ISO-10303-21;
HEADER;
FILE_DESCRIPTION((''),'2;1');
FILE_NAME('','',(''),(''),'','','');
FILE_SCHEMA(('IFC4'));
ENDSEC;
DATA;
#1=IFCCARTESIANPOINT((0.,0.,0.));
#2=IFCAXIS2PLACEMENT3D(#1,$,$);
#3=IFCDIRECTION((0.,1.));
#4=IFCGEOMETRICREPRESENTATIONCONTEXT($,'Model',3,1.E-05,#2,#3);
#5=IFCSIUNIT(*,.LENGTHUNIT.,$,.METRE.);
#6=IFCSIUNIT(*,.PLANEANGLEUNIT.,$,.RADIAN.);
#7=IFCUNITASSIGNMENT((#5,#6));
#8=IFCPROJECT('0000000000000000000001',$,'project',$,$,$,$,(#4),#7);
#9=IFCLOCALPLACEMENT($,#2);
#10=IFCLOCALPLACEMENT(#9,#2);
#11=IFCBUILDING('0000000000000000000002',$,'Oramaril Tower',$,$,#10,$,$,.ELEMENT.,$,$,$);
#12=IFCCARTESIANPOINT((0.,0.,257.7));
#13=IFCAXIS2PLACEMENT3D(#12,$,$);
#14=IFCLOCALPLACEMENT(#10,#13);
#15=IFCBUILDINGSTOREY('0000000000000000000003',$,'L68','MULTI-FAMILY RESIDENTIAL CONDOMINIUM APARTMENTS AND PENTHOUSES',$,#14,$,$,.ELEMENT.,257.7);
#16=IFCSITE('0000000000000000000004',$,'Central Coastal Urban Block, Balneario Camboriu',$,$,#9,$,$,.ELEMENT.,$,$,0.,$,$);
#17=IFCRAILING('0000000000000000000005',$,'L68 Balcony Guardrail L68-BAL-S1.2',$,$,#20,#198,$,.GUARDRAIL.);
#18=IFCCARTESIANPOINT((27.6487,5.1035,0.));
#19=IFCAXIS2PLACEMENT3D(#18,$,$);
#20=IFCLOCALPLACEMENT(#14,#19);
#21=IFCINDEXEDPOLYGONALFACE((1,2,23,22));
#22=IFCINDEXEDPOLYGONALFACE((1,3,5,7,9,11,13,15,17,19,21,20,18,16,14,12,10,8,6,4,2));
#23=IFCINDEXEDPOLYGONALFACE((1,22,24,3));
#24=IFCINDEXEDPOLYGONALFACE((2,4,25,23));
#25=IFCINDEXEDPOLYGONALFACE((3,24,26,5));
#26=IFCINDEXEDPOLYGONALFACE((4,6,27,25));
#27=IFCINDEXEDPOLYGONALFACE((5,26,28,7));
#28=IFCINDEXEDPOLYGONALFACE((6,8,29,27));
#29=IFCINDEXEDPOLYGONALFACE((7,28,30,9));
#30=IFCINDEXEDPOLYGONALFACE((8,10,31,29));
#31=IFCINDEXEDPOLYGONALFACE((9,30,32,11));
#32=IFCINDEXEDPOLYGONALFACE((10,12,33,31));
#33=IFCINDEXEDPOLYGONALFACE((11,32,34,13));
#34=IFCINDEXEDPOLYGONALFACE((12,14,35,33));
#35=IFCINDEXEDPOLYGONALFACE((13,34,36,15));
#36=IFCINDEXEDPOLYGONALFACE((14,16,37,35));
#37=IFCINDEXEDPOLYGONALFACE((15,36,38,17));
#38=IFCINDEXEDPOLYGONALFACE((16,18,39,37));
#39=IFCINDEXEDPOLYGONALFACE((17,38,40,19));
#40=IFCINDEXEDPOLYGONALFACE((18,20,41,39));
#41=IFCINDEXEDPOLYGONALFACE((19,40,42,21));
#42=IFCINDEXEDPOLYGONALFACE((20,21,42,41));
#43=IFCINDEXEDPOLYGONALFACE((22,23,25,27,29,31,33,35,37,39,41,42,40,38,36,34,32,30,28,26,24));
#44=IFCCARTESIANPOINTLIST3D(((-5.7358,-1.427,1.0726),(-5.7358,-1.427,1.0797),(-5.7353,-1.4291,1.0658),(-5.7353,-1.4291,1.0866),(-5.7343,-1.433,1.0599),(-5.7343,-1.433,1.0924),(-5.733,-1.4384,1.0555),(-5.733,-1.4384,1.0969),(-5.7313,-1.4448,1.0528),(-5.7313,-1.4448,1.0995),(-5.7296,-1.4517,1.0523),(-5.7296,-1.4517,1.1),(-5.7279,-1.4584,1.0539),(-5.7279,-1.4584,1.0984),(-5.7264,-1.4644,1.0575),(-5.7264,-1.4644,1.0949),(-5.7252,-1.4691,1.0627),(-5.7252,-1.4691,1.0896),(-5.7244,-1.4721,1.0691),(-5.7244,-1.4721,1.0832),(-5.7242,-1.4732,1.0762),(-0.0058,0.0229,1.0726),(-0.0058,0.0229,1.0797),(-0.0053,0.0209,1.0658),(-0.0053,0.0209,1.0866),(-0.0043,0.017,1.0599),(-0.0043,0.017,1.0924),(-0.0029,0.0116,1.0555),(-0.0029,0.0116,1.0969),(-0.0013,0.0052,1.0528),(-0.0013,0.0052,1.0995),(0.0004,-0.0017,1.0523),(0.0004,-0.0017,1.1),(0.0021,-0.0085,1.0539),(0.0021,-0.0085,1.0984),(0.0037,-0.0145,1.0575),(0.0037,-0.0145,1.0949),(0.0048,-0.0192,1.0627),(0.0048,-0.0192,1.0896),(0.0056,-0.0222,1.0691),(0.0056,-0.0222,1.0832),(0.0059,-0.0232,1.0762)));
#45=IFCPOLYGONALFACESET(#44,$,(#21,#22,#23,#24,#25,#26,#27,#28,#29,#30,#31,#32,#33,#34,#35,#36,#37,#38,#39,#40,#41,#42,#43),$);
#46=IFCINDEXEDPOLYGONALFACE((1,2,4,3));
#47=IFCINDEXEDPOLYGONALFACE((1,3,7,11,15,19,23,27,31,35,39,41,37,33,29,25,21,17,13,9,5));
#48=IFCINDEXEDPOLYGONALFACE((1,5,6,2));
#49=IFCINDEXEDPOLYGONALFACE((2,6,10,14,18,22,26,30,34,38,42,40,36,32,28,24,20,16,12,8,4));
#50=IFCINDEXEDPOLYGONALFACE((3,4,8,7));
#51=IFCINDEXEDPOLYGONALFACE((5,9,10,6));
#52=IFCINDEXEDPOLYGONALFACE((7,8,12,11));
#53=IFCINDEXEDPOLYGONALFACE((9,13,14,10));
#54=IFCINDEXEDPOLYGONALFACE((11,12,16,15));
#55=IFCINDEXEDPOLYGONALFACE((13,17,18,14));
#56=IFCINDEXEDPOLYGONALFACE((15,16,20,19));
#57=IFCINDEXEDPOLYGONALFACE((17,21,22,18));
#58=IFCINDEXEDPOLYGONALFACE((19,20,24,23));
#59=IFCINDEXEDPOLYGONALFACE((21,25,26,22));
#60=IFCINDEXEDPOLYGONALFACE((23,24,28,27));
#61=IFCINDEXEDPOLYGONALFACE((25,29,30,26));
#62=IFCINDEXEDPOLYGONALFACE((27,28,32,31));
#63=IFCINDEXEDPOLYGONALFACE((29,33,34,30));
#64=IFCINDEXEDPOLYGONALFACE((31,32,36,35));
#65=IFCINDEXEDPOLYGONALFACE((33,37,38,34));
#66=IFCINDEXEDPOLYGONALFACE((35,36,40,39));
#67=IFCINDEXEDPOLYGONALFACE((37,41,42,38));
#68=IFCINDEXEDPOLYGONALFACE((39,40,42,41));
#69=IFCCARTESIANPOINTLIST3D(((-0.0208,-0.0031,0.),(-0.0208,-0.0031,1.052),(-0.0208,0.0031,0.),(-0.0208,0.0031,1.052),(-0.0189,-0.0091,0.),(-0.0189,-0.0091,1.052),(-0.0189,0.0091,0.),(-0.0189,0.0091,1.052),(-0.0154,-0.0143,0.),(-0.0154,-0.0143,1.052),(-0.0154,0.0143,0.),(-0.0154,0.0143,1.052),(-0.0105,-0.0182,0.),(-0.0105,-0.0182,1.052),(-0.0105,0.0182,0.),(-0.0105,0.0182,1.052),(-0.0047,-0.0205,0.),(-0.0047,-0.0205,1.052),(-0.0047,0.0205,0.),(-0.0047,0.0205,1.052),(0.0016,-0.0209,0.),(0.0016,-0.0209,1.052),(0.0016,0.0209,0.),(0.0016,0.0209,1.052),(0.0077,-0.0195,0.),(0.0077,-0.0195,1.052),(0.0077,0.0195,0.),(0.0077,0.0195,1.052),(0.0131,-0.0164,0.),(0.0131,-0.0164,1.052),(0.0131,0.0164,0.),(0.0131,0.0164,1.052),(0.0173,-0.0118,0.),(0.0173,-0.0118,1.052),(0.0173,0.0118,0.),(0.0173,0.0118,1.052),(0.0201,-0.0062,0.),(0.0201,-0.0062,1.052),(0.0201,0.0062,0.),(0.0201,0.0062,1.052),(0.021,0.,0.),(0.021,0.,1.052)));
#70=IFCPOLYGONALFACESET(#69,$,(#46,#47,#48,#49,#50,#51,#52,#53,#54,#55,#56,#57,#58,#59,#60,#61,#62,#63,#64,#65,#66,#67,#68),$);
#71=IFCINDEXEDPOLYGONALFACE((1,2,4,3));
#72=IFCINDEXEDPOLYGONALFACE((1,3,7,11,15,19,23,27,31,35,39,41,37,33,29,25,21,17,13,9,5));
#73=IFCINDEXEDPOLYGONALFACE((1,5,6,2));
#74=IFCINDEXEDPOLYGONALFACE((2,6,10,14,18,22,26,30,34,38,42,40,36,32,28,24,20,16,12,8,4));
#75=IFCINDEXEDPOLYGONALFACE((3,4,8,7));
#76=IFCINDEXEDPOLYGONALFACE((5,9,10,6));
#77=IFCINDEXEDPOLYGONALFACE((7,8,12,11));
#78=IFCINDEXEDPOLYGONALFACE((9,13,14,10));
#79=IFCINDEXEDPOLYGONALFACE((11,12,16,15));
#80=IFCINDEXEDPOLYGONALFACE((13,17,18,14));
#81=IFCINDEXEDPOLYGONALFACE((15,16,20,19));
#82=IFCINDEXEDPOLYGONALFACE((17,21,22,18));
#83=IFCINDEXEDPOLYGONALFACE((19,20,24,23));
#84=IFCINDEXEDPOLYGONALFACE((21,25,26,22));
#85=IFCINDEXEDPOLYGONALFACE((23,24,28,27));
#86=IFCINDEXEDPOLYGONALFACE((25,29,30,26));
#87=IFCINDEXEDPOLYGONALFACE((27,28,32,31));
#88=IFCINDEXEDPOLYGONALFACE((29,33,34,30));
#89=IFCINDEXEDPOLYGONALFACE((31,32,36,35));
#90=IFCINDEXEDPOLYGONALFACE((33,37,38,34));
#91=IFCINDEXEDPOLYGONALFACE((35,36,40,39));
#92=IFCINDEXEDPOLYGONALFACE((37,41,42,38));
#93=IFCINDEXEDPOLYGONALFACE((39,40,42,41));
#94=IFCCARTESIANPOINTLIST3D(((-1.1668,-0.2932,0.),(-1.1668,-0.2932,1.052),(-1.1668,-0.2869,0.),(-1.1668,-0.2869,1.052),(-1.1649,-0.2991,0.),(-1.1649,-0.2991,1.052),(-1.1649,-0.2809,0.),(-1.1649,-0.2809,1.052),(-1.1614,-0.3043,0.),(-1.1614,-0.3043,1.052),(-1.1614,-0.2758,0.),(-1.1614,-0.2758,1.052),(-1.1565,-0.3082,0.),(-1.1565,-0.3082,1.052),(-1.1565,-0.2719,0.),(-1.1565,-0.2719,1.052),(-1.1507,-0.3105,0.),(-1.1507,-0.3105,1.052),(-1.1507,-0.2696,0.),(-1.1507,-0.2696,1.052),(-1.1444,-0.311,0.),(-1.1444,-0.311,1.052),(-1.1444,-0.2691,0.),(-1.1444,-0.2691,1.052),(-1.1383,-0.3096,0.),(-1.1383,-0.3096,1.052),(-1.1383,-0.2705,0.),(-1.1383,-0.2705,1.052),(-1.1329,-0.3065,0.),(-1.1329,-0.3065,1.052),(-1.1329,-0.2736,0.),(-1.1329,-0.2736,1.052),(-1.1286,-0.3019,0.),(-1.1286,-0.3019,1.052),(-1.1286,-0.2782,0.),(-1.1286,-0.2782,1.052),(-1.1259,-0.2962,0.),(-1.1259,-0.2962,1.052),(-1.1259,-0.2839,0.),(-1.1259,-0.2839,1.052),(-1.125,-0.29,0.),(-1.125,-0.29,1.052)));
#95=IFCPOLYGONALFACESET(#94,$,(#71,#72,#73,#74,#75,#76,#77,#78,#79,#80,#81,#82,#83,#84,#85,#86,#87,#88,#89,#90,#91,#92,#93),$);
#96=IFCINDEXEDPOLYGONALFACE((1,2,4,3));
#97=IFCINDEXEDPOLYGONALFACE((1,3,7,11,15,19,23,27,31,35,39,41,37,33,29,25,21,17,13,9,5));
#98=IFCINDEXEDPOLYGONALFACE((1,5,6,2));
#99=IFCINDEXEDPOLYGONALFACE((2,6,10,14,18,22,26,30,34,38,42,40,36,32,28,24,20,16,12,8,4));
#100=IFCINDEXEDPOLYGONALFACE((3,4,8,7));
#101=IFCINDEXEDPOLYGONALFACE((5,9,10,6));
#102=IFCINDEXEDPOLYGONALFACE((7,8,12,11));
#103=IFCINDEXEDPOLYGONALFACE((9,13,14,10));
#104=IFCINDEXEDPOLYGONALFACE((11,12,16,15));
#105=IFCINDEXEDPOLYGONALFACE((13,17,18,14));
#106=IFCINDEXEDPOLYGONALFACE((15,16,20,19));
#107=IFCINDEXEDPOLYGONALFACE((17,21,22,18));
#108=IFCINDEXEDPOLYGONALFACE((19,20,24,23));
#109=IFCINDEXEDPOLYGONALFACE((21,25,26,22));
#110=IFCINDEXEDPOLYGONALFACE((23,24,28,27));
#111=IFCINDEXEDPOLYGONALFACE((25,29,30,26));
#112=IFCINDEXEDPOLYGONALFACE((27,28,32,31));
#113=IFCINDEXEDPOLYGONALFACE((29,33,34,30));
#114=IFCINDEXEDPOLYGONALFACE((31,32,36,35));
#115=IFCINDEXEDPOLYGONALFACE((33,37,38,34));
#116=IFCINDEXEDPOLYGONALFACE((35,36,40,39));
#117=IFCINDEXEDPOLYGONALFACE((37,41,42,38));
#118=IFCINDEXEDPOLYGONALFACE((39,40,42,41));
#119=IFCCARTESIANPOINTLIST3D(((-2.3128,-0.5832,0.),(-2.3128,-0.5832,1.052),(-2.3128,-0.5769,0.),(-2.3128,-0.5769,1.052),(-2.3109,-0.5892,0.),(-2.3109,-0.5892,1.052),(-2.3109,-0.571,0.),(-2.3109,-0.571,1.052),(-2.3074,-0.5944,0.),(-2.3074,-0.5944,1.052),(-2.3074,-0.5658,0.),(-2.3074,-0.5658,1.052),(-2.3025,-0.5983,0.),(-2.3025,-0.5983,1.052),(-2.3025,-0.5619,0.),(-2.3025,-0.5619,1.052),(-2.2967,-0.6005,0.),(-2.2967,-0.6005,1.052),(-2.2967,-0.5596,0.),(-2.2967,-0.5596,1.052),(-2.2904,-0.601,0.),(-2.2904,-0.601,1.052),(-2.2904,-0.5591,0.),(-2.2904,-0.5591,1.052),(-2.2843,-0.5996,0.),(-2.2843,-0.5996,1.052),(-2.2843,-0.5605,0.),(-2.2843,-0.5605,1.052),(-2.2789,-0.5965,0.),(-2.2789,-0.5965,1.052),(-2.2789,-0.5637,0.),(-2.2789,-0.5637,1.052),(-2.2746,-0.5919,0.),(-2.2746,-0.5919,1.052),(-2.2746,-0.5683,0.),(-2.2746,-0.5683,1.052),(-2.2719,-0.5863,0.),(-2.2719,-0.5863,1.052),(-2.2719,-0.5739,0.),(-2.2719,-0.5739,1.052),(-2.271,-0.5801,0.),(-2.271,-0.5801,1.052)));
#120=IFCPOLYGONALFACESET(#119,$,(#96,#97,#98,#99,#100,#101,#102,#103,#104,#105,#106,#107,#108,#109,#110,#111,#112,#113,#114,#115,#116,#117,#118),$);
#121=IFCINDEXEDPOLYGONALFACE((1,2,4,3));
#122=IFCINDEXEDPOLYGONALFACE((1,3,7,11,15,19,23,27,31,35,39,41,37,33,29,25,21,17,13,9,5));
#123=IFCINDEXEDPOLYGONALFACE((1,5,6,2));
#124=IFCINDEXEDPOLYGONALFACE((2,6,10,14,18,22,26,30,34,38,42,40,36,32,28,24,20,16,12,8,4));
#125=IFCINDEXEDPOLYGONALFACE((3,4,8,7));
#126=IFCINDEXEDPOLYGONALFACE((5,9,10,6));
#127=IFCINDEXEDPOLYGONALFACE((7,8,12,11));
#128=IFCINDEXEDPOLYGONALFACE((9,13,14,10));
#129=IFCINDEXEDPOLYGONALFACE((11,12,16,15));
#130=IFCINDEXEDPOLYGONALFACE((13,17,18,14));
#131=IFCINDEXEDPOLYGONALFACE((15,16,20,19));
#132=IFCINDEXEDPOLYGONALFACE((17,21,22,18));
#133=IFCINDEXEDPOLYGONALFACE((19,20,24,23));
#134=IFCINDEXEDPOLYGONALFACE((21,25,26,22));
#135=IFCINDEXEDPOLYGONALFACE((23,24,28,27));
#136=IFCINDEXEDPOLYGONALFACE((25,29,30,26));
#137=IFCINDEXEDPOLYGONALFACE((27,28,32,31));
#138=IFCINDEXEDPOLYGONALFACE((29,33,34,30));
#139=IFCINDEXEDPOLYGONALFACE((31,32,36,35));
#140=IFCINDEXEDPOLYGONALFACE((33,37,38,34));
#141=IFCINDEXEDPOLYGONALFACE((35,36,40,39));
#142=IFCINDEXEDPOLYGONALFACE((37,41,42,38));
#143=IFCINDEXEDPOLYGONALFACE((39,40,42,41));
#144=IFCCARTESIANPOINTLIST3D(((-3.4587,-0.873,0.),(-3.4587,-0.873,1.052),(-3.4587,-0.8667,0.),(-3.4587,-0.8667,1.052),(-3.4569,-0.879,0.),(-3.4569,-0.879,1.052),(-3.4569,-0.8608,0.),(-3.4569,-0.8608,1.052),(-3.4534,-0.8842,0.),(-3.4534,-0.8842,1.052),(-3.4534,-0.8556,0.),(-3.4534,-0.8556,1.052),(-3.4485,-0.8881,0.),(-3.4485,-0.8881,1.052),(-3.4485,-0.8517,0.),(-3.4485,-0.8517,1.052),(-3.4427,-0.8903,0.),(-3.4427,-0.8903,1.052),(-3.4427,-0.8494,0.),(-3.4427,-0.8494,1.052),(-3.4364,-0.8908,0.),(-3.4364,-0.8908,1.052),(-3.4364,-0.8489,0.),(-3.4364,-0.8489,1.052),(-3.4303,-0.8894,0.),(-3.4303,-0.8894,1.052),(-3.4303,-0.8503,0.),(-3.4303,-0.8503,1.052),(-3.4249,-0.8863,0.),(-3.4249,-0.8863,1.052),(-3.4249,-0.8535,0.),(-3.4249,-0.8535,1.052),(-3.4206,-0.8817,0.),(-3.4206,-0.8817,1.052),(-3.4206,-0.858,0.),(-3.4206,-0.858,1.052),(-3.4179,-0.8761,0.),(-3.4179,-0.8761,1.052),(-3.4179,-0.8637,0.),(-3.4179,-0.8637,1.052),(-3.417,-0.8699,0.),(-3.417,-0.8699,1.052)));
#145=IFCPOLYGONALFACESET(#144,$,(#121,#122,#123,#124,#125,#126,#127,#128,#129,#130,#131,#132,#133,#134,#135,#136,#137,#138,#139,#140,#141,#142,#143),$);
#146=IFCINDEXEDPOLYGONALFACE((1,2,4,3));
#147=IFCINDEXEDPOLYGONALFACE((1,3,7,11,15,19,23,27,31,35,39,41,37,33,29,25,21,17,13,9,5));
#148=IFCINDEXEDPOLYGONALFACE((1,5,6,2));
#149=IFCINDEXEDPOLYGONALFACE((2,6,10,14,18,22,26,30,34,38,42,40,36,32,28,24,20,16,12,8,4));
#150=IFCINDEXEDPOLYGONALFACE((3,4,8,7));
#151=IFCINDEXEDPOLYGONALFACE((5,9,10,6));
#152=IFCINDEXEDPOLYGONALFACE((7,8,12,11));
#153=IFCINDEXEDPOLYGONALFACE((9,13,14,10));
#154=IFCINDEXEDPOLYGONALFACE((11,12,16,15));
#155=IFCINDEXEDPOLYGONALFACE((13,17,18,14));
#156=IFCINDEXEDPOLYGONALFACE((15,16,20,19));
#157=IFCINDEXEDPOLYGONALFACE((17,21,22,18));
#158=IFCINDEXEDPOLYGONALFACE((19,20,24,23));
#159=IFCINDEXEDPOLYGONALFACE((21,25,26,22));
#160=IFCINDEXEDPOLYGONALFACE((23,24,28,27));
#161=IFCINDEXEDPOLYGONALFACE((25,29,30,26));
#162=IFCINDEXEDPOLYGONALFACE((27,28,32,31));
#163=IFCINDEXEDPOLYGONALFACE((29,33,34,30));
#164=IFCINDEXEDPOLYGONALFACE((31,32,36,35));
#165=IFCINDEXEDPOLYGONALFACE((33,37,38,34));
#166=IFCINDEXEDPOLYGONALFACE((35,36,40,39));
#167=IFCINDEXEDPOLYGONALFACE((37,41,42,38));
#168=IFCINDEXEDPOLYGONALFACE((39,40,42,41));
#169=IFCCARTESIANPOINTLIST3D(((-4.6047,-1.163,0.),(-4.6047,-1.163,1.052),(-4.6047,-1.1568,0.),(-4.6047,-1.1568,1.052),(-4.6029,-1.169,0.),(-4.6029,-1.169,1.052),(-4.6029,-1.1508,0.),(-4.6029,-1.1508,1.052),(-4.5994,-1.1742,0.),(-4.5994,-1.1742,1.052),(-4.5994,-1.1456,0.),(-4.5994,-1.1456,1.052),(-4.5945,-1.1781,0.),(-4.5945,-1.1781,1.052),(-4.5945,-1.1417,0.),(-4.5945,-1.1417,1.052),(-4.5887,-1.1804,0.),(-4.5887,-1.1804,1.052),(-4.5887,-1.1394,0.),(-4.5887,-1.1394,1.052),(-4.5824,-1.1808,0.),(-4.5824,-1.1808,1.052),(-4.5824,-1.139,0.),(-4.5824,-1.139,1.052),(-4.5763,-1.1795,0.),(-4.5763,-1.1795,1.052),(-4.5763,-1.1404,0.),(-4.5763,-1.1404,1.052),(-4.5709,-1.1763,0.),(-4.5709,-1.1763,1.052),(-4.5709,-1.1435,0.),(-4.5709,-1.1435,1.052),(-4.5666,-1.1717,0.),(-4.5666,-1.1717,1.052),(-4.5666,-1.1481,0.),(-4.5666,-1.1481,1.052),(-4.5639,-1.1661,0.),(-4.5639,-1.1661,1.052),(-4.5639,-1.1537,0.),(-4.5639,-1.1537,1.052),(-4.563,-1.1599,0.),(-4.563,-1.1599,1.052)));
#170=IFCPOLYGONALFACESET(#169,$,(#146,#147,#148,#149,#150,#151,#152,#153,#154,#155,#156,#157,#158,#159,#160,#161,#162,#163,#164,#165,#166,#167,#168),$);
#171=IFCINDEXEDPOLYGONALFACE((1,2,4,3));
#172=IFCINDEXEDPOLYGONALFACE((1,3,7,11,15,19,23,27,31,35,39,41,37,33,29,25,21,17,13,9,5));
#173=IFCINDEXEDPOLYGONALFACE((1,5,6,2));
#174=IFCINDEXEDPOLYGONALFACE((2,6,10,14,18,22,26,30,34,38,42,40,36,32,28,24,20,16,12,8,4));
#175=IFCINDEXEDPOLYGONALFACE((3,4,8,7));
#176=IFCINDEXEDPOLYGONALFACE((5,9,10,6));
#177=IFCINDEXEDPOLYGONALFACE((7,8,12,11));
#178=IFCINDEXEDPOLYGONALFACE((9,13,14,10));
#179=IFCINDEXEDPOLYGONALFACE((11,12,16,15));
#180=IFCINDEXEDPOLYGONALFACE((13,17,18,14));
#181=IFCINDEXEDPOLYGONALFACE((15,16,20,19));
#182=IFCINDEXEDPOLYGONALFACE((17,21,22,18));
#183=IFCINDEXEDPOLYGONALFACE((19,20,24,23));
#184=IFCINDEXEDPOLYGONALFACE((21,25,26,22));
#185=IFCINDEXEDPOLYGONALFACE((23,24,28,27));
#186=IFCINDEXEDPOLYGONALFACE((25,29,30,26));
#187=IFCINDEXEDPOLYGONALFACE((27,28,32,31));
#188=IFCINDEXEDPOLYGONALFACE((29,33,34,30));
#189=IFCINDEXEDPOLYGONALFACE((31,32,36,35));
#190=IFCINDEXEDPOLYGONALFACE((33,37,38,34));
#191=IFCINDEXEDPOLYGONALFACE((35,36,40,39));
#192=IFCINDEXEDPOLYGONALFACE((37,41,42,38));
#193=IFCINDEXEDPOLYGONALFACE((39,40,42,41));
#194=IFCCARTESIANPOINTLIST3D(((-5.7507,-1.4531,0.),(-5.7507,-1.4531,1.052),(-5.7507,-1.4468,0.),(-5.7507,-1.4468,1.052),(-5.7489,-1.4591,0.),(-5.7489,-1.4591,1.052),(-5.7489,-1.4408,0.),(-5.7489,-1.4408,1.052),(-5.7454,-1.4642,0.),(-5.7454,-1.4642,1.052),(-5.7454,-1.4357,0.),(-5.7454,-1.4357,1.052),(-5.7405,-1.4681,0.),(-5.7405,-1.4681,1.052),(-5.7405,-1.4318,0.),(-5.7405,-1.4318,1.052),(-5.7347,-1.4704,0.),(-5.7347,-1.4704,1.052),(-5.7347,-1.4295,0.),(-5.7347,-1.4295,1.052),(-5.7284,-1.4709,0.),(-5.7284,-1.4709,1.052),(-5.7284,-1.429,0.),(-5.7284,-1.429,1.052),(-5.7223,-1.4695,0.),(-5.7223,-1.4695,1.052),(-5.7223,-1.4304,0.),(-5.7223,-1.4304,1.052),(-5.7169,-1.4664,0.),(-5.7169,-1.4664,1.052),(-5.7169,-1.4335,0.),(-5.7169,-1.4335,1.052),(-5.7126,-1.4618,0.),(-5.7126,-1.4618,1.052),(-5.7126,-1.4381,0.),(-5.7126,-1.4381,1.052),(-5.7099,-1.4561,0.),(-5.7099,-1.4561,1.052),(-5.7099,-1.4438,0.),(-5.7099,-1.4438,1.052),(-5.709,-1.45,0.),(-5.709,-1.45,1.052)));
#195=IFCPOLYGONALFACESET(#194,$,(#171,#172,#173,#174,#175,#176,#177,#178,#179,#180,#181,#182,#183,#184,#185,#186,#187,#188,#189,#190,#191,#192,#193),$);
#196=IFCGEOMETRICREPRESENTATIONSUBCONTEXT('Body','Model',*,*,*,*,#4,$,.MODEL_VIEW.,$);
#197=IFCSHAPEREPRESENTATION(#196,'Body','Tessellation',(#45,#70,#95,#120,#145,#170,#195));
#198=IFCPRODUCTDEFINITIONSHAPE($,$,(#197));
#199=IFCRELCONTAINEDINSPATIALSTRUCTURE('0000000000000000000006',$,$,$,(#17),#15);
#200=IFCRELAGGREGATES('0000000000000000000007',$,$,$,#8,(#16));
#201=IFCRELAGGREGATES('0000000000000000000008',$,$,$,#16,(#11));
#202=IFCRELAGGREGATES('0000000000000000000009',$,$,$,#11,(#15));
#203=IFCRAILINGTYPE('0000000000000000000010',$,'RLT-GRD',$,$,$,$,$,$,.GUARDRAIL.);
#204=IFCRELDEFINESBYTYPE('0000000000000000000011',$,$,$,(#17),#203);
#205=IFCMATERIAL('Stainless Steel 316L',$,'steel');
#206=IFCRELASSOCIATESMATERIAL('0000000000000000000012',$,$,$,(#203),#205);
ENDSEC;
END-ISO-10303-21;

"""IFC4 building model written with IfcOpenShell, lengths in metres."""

from ifc_helpers import new_model, si_unit, direction, frame, origin, origin_2d, place, context, subcontext, project, spatial, circle, extrude, material, type_object, element, save


model = new_model("IFC4")

# Units and contexts
model_context = context("Model", 3, precision=1e-05, world=origin(), true_north=direction((0.0, 1.0)))
body_context = subcontext(model_context, "Body", "Model", "MODEL_VIEW")
ifc_project = project(units=[si_unit("LENGTHUNIT", "METRE"), si_unit("PLANEANGLEUNIT", "RADIAN")], contexts=[model_context])

# Site, building, storey
site_placement = place(None, origin())
site = spatial("IfcSite", under=ifc_project, at=site_placement, Name="Central Coastal Urban Block, Balneario Camboriu", CompositionType="ELEMENT", RefElevation=0.0)
building_placement = place(site_placement, origin())
building = spatial("IfcBuilding", under=site, at=building_placement, Name="Oramaril Tower", CompositionType="ELEMENT")
storey_placement = place(building_placement, frame((0.0, 0.0, 257.7)))
storey = spatial("IfcBuildingStorey", under=building, at=storey_placement, Name="L68", Description="MULTI-FAMILY RESIDENTIAL CONDOMINIUM APARTMENTS AND PENTHOUSES", CompositionType="ELEMENT", Elevation=257.7)

# Railing
ifc_material_1 = material(Name="Stainless Steel 316L", Category="steel")
railing_type = type_object("IfcRailingType", Name="RLT-GRD", PredefinedType="GUARDRAIL", material=ifc_material_1)
railing_1_placement = place(storey_placement, frame((27.6487, 5.1035, 0.0)))
element("IfcRailing", 1, at=railing_1_placement, inside=storey, type_object=railing_type, Name="L68 Balcony Guardrail L68-BAL-S1.2", PredefinedType="GUARDRAIL", context=body_context, shape_type="SweptSolid", body=[
    extrude(circle(Radius=0.0239, at=origin_2d()), frame((0.0, 0.0, 1.0762), z_axis=(-0.969444, -0.245314, 0.0), x_axis=(0.245314, -0.969444, 0.0)), (0.0, 0.0, 1.0), 5.9106),
    extrude(circle(Radius=0.021, at=origin_2d()), origin(), (0.0, 0.0, 1.0), 1.052),
    extrude(circle(Radius=0.021, at=origin_2d()), frame((-1.146, -0.29, 0.0)), (0.0, 0.0, 1.0), 1.052),
    extrude(circle(Radius=0.021, at=origin_2d()), frame((-2.292, -0.5801, 0.0)), (0.0, 0.0, 1.0), 1.052),
    extrude(circle(Radius=0.021, at=origin_2d()), frame((-3.438, -0.8699, 0.0)), (0.0, 0.0, 1.0), 1.052),
    extrude(circle(Radius=0.021, at=origin_2d()), frame((-4.584, -1.1599, 0.0)), (0.0, 0.0, 1.0), 1.052),
    extrude(circle(Radius=0.021, at=origin_2d()), frame((-5.73, -1.45, 0.0)), (0.0, 0.0, 1.0), 1.052),
])

save(model, "model.ifc")
